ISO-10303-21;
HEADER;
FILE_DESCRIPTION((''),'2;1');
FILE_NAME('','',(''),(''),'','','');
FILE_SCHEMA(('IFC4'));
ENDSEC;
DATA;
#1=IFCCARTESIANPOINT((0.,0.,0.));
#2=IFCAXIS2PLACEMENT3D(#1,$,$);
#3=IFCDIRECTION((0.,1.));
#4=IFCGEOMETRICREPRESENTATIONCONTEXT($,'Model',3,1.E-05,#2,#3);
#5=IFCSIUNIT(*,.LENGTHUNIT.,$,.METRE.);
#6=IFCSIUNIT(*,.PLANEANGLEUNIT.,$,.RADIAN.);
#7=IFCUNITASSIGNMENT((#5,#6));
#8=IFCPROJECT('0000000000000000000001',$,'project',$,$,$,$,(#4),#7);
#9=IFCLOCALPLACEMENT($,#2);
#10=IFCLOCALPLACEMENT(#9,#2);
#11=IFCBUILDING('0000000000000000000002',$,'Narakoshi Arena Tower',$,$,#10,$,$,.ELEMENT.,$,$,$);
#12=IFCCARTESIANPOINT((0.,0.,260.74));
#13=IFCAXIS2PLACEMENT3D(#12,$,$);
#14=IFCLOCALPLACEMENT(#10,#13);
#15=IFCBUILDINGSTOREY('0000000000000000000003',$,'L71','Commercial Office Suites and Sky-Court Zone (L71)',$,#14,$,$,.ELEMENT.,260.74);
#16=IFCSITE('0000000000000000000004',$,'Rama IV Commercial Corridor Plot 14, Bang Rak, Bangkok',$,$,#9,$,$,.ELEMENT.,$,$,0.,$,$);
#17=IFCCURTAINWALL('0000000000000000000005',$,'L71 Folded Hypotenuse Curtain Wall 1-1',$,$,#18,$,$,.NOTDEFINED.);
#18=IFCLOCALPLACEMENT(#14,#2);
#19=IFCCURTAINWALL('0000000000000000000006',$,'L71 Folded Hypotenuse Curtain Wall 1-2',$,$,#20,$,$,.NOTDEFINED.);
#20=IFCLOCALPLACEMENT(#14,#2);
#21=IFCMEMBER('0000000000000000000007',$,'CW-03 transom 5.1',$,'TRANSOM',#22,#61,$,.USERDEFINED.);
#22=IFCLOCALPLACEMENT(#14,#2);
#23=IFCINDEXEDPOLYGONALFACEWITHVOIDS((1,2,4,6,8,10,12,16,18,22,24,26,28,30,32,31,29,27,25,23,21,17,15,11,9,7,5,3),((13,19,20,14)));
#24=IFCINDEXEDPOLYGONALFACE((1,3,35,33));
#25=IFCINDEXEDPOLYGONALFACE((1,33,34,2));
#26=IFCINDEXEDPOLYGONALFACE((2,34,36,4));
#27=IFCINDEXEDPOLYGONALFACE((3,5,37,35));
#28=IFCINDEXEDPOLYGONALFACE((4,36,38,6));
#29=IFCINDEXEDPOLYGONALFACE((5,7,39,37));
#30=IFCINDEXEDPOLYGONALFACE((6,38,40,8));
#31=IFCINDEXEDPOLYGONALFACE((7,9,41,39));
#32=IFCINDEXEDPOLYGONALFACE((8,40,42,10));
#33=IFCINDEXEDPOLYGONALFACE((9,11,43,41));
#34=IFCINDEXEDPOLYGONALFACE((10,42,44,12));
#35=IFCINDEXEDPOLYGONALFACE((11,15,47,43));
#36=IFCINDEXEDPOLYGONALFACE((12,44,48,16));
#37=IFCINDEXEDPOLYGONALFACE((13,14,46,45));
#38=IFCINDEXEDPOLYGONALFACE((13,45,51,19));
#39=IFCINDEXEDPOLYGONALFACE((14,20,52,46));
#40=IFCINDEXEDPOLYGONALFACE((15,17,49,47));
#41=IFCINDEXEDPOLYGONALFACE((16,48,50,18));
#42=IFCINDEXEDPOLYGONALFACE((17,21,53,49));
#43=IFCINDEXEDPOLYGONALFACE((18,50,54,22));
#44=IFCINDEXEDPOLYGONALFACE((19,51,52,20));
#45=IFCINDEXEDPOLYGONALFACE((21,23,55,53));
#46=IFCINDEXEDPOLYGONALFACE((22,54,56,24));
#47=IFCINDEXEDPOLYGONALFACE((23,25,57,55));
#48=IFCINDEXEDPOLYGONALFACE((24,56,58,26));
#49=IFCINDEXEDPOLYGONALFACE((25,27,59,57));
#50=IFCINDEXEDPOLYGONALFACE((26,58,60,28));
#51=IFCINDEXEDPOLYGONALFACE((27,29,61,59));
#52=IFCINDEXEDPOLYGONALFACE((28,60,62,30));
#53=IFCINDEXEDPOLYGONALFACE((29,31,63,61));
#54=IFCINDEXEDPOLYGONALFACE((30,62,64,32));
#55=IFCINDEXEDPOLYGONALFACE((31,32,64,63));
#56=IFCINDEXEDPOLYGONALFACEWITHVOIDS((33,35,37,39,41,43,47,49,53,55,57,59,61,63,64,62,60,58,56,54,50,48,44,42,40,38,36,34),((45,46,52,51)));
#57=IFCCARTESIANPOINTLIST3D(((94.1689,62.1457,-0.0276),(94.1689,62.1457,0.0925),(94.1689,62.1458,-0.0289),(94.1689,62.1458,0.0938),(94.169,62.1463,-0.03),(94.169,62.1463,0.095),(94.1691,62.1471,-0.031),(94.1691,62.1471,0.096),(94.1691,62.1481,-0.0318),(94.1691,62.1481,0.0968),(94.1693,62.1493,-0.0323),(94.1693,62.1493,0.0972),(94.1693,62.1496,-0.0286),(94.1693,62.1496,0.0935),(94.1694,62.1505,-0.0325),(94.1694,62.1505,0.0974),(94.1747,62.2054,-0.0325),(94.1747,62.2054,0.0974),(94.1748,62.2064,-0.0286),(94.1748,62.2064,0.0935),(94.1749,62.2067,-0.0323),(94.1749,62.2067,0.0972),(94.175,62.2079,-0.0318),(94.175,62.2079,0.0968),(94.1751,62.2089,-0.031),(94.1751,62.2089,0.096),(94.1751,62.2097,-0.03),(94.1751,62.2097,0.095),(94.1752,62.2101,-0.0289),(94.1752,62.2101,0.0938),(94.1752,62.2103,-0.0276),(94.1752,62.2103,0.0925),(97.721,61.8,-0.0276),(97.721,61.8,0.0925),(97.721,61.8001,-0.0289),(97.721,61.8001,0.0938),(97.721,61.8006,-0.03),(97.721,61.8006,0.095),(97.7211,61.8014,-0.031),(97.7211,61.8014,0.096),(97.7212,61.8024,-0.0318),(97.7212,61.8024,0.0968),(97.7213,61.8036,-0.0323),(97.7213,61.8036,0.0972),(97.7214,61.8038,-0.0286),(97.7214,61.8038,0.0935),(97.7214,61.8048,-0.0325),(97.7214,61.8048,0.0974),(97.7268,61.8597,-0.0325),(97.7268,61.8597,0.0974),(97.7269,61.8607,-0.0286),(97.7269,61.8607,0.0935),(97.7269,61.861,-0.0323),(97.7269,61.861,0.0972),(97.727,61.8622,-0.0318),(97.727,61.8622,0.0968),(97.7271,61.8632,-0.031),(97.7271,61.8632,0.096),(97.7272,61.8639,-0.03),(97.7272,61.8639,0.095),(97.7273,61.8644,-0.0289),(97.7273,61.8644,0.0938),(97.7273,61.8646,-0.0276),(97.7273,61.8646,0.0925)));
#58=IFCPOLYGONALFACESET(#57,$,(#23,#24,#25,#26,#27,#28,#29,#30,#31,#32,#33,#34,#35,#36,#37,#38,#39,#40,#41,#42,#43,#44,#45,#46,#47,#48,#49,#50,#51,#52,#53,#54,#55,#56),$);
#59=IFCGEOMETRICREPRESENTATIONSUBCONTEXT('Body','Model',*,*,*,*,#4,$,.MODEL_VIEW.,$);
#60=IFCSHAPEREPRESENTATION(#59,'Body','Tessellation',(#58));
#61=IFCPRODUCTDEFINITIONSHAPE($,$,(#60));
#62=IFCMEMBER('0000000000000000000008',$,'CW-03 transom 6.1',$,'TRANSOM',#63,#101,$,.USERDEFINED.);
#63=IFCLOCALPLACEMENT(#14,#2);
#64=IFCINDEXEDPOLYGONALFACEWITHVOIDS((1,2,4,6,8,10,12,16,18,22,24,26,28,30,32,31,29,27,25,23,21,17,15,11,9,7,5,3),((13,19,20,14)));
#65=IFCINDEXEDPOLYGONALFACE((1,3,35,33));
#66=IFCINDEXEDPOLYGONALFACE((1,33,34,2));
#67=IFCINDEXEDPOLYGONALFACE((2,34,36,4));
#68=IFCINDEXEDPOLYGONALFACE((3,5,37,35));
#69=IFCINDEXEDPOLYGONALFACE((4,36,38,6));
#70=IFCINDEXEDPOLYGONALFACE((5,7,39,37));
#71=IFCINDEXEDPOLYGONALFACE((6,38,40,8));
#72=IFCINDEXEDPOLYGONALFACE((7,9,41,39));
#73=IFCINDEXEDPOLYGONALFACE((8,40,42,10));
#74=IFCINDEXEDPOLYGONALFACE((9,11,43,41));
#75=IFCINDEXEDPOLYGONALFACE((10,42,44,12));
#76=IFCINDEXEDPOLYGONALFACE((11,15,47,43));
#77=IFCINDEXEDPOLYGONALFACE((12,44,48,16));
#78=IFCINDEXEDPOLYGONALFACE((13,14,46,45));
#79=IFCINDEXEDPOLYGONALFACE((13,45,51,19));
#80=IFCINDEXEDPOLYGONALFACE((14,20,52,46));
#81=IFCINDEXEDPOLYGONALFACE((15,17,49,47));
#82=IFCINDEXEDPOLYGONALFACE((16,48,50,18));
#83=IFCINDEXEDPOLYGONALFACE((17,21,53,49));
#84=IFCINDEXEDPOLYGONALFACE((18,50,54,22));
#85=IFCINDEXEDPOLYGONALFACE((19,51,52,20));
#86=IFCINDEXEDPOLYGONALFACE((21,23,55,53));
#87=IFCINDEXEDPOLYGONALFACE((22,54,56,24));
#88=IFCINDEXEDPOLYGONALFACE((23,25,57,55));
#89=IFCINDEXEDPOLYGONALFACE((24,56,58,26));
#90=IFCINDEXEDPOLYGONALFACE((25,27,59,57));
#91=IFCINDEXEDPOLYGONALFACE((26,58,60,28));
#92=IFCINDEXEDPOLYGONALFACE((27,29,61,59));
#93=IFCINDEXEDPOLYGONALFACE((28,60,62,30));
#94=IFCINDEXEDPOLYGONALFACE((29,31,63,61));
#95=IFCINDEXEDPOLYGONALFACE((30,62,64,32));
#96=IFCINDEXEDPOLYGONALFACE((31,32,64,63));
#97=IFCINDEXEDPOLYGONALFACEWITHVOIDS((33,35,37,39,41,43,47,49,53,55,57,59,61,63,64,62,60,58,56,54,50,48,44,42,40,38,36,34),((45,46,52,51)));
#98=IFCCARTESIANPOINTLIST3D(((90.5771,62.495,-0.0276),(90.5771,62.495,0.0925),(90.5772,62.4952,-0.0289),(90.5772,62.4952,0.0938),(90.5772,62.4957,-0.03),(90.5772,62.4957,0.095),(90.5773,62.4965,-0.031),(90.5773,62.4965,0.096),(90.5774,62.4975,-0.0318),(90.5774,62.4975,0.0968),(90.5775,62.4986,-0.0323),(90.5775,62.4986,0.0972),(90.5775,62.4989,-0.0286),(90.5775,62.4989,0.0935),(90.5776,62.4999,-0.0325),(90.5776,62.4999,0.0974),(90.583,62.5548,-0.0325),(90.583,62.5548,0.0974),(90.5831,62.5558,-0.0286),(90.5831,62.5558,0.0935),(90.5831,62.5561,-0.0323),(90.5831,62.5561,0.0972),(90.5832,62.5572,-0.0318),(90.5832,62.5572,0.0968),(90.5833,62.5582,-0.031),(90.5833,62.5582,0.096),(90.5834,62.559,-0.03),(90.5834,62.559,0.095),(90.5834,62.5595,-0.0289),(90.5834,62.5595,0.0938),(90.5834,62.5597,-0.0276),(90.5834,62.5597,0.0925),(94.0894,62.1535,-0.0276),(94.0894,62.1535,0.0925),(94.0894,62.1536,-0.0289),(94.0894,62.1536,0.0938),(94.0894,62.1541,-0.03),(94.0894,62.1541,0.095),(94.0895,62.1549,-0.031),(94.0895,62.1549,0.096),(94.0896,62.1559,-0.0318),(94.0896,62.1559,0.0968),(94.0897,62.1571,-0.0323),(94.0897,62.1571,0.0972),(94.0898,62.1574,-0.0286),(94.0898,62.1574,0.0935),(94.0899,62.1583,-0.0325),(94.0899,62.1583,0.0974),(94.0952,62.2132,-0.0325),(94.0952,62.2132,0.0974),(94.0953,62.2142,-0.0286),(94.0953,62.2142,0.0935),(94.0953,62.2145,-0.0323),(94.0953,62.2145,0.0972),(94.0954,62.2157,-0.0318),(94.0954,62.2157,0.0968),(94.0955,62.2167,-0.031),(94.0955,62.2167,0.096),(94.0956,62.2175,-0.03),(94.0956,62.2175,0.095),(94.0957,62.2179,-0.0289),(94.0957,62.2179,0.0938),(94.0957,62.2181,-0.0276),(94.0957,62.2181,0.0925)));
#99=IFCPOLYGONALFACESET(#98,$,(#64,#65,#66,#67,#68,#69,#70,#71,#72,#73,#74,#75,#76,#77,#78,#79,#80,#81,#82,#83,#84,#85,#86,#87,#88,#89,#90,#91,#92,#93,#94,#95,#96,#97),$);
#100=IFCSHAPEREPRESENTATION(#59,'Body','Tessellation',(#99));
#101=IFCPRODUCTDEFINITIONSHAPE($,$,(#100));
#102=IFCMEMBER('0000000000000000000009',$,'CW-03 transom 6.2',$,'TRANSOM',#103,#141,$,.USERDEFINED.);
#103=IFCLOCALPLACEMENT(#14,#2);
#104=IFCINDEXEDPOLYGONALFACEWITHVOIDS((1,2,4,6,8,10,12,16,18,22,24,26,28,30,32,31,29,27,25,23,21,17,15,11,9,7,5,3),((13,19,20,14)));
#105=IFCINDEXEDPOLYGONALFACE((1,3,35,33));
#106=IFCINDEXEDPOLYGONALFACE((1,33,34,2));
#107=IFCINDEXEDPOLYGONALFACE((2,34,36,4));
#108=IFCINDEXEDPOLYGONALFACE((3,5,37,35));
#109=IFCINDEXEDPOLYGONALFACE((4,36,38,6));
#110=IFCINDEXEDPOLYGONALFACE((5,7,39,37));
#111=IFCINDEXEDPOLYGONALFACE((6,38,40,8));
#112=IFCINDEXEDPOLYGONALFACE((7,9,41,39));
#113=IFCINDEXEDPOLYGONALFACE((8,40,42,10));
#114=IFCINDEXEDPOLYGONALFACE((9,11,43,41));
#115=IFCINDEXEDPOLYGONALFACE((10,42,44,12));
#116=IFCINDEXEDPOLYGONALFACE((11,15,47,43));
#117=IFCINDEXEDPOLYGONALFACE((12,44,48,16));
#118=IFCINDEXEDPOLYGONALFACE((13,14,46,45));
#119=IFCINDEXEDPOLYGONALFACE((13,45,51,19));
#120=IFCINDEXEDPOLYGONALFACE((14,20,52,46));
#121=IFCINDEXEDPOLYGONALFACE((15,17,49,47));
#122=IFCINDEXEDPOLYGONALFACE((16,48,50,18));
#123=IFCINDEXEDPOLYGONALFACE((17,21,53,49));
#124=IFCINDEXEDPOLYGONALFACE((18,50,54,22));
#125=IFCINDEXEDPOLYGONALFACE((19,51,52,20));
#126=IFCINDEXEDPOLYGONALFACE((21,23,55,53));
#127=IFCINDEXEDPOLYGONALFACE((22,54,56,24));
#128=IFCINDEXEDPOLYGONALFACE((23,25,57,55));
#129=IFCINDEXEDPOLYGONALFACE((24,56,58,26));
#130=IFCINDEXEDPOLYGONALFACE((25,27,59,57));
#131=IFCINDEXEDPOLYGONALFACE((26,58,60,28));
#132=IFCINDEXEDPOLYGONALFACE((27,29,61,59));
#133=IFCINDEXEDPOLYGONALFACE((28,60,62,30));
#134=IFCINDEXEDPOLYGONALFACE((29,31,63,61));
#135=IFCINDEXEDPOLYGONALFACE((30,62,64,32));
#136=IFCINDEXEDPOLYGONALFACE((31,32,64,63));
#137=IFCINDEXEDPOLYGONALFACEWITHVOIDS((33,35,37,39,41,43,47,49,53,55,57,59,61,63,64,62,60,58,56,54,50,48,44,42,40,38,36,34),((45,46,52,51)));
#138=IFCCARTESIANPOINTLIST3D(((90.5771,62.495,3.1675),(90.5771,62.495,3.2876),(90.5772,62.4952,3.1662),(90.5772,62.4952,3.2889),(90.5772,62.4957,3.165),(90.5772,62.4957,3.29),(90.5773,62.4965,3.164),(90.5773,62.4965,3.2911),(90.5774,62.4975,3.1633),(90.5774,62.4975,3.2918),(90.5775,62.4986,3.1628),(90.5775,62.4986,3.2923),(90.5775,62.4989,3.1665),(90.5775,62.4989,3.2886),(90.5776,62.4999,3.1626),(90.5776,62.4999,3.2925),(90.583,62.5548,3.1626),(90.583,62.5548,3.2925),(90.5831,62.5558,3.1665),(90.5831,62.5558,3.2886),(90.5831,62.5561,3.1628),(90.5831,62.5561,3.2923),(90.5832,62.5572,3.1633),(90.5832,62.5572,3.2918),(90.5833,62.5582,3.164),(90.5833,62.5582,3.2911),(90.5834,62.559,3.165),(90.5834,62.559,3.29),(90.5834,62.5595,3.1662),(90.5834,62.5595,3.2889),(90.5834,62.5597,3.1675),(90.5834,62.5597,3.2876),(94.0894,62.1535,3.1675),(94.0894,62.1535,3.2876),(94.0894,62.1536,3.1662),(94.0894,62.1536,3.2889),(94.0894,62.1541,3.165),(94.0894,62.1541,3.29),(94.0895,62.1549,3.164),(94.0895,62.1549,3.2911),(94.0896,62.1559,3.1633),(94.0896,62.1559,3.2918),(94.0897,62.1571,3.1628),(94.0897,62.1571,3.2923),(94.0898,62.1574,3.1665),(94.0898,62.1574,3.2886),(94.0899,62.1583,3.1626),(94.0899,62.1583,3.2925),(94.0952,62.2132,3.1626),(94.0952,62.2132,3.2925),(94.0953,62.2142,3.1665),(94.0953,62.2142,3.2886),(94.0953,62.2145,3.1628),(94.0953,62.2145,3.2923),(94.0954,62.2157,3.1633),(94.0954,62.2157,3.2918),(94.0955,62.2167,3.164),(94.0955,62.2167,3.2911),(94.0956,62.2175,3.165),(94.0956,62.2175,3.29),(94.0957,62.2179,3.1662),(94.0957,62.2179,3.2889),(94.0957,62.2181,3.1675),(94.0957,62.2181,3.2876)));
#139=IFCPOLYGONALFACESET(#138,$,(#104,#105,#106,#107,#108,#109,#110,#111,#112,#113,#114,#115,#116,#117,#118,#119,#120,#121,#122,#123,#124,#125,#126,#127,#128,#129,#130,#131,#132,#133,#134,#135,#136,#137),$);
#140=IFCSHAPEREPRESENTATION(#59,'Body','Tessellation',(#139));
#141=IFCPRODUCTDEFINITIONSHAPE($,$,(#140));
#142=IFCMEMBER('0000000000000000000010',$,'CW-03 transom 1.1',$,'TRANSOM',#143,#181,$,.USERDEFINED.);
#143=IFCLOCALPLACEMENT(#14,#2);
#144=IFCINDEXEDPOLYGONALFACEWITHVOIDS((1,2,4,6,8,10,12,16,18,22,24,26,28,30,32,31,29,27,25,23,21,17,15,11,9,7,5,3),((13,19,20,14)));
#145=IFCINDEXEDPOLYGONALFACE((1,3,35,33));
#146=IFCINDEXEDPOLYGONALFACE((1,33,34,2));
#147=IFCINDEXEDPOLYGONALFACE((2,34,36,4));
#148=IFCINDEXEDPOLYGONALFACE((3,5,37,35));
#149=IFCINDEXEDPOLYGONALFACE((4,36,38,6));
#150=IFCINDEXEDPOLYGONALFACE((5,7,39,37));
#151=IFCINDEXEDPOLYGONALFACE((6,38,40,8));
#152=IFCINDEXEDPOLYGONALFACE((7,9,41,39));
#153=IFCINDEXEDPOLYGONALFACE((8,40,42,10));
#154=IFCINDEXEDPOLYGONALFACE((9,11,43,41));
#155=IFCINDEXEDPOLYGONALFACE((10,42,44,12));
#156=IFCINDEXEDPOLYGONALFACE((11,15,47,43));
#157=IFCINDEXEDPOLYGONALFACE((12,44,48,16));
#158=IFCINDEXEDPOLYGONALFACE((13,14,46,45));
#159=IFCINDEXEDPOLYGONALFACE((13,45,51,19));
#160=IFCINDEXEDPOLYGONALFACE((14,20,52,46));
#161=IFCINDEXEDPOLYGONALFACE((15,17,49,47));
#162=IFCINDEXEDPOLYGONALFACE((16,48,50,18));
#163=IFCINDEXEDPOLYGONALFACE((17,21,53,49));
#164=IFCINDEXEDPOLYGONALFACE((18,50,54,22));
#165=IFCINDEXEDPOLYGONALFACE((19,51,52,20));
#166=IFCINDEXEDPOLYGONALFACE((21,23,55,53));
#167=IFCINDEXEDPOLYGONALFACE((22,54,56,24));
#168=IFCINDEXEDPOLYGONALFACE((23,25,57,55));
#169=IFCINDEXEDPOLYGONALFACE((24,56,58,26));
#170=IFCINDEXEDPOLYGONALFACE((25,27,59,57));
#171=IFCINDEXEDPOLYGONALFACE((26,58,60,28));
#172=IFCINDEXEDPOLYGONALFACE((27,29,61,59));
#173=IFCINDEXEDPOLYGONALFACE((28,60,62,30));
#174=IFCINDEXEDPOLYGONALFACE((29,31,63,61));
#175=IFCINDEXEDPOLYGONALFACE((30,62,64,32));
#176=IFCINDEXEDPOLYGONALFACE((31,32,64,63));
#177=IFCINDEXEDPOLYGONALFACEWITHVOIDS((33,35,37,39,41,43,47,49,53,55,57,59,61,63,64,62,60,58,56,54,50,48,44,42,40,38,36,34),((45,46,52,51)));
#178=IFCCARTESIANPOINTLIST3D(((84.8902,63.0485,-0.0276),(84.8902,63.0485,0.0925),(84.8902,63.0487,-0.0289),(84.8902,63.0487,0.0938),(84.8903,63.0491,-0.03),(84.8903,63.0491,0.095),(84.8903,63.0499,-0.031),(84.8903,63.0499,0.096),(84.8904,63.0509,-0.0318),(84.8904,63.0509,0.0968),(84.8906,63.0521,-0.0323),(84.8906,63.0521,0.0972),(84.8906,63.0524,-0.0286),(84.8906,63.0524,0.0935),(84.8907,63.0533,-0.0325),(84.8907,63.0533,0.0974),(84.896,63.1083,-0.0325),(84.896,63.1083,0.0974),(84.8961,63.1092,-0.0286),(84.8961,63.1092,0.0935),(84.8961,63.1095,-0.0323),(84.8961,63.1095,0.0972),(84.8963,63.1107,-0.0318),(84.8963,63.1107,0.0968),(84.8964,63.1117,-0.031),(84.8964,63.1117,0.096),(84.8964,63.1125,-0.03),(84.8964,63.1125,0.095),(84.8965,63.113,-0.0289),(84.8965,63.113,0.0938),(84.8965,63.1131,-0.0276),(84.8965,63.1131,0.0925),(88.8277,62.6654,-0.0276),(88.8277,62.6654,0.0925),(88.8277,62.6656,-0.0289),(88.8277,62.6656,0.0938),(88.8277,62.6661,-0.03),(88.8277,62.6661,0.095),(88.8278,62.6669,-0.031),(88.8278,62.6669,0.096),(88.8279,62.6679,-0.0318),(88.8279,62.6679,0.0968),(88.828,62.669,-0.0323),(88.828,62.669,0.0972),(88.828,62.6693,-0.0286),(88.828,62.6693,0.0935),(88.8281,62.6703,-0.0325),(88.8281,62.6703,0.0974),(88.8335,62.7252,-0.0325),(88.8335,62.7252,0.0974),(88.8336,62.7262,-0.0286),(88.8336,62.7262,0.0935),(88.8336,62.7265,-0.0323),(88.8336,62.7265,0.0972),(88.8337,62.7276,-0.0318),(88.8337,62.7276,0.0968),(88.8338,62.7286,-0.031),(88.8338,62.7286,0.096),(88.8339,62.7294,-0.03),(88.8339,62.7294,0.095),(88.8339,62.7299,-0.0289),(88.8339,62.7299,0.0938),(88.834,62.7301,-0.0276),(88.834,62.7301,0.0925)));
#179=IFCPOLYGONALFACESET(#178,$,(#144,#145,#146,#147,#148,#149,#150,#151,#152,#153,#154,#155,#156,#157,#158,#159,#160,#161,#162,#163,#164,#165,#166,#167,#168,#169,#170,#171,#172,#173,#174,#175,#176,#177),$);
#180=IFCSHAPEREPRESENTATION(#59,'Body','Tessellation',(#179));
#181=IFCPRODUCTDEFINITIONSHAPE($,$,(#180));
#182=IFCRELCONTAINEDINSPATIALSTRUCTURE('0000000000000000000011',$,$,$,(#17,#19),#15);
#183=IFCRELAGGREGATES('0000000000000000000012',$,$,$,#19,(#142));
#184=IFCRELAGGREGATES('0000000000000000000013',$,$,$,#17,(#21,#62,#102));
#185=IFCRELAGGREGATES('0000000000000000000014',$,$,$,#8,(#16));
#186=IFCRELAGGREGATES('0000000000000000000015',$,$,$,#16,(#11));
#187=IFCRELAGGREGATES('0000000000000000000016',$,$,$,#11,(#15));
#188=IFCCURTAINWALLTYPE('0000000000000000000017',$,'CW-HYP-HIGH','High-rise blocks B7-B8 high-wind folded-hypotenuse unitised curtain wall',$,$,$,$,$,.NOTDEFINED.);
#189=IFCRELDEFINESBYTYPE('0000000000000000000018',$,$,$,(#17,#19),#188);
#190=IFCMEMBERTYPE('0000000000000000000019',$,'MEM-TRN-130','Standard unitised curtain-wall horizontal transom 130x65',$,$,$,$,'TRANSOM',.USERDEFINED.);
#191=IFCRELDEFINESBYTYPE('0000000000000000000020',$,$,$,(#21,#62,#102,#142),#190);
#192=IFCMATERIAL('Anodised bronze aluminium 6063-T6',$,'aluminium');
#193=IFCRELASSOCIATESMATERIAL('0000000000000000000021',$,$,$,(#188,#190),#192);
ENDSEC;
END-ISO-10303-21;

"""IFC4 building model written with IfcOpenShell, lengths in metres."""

from ifc_helpers import new_model, si_unit, direction, frame, origin, origin_2d, place, context, subcontext, project, spatial, hollow_rectangle, extrude, material, material_profile, profile_set, type_object, element, aggregate, save


model = new_model("IFC4")

# Units and contexts
model_context = context("Model", 3, precision=1e-05, world=origin(), true_north=direction((0.0, 1.0)))
body_context = subcontext(model_context, "Body", "Model", "MODEL_VIEW")
ifc_project = project(units=[si_unit("LENGTHUNIT", "METRE"), si_unit("PLANEANGLEUNIT", "RADIAN")], contexts=[model_context])

# Site, building, storey
site_placement = place(None, origin())
site = spatial("IfcSite", under=ifc_project, at=site_placement, Name="Rama IV Commercial Corridor Plot 14, Bang Rak, Bangkok", CompositionType="ELEMENT", RefElevation=0.0)
building_placement = place(site_placement, origin())
building = spatial("IfcBuilding", under=site, at=building_placement, Name="Narakoshi Arena Tower", CompositionType="ELEMENT")
storey_placement = place(building_placement, frame((0.0, 0.0, 260.74)))
storey = spatial("IfcBuildingStorey", under=building, at=storey_placement, Name="L71", Description="Commercial Office Suites and Sky-Court Zone (L71)", CompositionType="ELEMENT", Elevation=260.74)

# Curtain wall
ifc_material_1 = material(Name="Anodised bronze aluminium 6063-T6", Category="aluminium")
curtain_wall_type = type_object("IfcCurtainWallType", Name="CW-HYP-HIGH", Description="High-rise blocks B7-B8 high-wind folded-hypotenuse unitised curtain wall", PredefinedType="NOTDEFINED", material=ifc_material_1)
curtain_wall_1_placement = place(storey_placement, origin())
curtain_wall_1 = element("IfcCurtainWall", 1, at=curtain_wall_1_placement, inside=storey, type_object=curtain_wall_type, Name="L71 Folded Hypotenuse Curtain Wall 1-1", PredefinedType="NOTDEFINED")

# Curtain wall
curtain_wall_2_placement = place(storey_placement, origin())
curtain_wall_2 = element("IfcCurtainWall", 2, at=curtain_wall_2_placement, inside=storey, type_object=curtain_wall_type, Name="L71 Folded Hypotenuse Curtain Wall 1-2", PredefinedType="NOTDEFINED")

# Members
ifc_material_profile_1 = material_profile(ifc_material_1, hollow_rectangle(XDim=0.0649, YDim=0.1299, WallThickness=0.0039, OuterFilletRadius=0.0049, at=origin_2d()), Name="TRN130x65x4")
ifc_profile_set_1 = profile_set([ifc_material_profile_1], Name="Anodised bronze aluminium 6063-T6")
member_type_1 = type_object("IfcMemberType", Name="MEM-TRN-130", Description="Standard unitised curtain-wall horizontal transom 130x65", ElementType="TRANSOM", PredefinedType="USERDEFINED", material=ifc_profile_set_1)
member_1_placement = place(storey_placement, frame((97.7241, 61.8323, 0.0325), z_axis=(-0.995297, 0.096869, 0.0), x_axis=(-0.096869, -0.995297, 0.0)))
member_1 = element("IfcMember", 3, at=member_1_placement, type_object=member_type_1, Name="CW-03 transom 5.1", ObjectType="TRANSOM", PredefinedType="USERDEFINED", context=body_context, shape_type="SweptSolid", body=[
    extrude(hollow_rectangle(XDim=0.0649, YDim=0.1299, WallThickness=0.0039, OuterFilletRadius=0.0049, at=origin_2d()), origin(), (0.0, 0.0, 1.0), 3.5688),
])
member_2_placement = place(storey_placement, frame((94.0925, 62.1858, 0.0325), z_axis=(-0.995305, 0.096791, 0.0), x_axis=(-0.096791, -0.995305, 0.0)))
member_2 = element("IfcMember", 4, at=member_2_placement, type_object=member_type_1, Name="CW-03 transom 6.1", ObjectType="TRANSOM", PredefinedType="USERDEFINED", context=body_context, shape_type="SweptSolid", body=[
    extrude(hollow_rectangle(XDim=0.0649, YDim=0.1299, WallThickness=0.0039, OuterFilletRadius=0.0049, at=origin_2d()), origin(), (0.0, 0.0, 1.0), 3.5288),
])
member_3_placement = place(storey_placement, frame((94.0925, 62.1858, 3.2275), z_axis=(-0.995305, 0.096791, 0.0), x_axis=(-0.096791, -0.995305, 0.0)))
member_3 = element("IfcMember", 5, at=member_3_placement, type_object=member_type_1, Name="CW-03 transom 6.2", ObjectType="TRANSOM", PredefinedType="USERDEFINED", context=body_context, shape_type="SweptSolid", body=[
    extrude(hollow_rectangle(XDim=0.0649, YDim=0.1299, WallThickness=0.0039, OuterFilletRadius=0.0049, at=origin_2d()), origin(), (0.0, 0.0, 1.0), 3.5288),
])
member_4_placement = place(storey_placement, frame((88.8308, 62.6978, 0.0325), z_axis=(-0.995301, 0.096827, 0.0), x_axis=(-0.096827, -0.995301, 0.0)))
member_4 = element("IfcMember", 6, at=member_4_placement, type_object=member_type_1, Name="CW-03 transom 1.1", ObjectType="TRANSOM", PredefinedType="USERDEFINED", context=body_context, shape_type="SweptSolid", body=[
    extrude(hollow_rectangle(XDim=0.0649, YDim=0.1299, WallThickness=0.0039, OuterFilletRadius=0.0049, at=origin_2d()), origin(), (0.0, 0.0, 1.0), 3.9561),
])
aggregate(curtain_wall_2, [member_4])

aggregate(curtain_wall_1, [member_1, member_2, member_3])

save(model, "model.ifc")
